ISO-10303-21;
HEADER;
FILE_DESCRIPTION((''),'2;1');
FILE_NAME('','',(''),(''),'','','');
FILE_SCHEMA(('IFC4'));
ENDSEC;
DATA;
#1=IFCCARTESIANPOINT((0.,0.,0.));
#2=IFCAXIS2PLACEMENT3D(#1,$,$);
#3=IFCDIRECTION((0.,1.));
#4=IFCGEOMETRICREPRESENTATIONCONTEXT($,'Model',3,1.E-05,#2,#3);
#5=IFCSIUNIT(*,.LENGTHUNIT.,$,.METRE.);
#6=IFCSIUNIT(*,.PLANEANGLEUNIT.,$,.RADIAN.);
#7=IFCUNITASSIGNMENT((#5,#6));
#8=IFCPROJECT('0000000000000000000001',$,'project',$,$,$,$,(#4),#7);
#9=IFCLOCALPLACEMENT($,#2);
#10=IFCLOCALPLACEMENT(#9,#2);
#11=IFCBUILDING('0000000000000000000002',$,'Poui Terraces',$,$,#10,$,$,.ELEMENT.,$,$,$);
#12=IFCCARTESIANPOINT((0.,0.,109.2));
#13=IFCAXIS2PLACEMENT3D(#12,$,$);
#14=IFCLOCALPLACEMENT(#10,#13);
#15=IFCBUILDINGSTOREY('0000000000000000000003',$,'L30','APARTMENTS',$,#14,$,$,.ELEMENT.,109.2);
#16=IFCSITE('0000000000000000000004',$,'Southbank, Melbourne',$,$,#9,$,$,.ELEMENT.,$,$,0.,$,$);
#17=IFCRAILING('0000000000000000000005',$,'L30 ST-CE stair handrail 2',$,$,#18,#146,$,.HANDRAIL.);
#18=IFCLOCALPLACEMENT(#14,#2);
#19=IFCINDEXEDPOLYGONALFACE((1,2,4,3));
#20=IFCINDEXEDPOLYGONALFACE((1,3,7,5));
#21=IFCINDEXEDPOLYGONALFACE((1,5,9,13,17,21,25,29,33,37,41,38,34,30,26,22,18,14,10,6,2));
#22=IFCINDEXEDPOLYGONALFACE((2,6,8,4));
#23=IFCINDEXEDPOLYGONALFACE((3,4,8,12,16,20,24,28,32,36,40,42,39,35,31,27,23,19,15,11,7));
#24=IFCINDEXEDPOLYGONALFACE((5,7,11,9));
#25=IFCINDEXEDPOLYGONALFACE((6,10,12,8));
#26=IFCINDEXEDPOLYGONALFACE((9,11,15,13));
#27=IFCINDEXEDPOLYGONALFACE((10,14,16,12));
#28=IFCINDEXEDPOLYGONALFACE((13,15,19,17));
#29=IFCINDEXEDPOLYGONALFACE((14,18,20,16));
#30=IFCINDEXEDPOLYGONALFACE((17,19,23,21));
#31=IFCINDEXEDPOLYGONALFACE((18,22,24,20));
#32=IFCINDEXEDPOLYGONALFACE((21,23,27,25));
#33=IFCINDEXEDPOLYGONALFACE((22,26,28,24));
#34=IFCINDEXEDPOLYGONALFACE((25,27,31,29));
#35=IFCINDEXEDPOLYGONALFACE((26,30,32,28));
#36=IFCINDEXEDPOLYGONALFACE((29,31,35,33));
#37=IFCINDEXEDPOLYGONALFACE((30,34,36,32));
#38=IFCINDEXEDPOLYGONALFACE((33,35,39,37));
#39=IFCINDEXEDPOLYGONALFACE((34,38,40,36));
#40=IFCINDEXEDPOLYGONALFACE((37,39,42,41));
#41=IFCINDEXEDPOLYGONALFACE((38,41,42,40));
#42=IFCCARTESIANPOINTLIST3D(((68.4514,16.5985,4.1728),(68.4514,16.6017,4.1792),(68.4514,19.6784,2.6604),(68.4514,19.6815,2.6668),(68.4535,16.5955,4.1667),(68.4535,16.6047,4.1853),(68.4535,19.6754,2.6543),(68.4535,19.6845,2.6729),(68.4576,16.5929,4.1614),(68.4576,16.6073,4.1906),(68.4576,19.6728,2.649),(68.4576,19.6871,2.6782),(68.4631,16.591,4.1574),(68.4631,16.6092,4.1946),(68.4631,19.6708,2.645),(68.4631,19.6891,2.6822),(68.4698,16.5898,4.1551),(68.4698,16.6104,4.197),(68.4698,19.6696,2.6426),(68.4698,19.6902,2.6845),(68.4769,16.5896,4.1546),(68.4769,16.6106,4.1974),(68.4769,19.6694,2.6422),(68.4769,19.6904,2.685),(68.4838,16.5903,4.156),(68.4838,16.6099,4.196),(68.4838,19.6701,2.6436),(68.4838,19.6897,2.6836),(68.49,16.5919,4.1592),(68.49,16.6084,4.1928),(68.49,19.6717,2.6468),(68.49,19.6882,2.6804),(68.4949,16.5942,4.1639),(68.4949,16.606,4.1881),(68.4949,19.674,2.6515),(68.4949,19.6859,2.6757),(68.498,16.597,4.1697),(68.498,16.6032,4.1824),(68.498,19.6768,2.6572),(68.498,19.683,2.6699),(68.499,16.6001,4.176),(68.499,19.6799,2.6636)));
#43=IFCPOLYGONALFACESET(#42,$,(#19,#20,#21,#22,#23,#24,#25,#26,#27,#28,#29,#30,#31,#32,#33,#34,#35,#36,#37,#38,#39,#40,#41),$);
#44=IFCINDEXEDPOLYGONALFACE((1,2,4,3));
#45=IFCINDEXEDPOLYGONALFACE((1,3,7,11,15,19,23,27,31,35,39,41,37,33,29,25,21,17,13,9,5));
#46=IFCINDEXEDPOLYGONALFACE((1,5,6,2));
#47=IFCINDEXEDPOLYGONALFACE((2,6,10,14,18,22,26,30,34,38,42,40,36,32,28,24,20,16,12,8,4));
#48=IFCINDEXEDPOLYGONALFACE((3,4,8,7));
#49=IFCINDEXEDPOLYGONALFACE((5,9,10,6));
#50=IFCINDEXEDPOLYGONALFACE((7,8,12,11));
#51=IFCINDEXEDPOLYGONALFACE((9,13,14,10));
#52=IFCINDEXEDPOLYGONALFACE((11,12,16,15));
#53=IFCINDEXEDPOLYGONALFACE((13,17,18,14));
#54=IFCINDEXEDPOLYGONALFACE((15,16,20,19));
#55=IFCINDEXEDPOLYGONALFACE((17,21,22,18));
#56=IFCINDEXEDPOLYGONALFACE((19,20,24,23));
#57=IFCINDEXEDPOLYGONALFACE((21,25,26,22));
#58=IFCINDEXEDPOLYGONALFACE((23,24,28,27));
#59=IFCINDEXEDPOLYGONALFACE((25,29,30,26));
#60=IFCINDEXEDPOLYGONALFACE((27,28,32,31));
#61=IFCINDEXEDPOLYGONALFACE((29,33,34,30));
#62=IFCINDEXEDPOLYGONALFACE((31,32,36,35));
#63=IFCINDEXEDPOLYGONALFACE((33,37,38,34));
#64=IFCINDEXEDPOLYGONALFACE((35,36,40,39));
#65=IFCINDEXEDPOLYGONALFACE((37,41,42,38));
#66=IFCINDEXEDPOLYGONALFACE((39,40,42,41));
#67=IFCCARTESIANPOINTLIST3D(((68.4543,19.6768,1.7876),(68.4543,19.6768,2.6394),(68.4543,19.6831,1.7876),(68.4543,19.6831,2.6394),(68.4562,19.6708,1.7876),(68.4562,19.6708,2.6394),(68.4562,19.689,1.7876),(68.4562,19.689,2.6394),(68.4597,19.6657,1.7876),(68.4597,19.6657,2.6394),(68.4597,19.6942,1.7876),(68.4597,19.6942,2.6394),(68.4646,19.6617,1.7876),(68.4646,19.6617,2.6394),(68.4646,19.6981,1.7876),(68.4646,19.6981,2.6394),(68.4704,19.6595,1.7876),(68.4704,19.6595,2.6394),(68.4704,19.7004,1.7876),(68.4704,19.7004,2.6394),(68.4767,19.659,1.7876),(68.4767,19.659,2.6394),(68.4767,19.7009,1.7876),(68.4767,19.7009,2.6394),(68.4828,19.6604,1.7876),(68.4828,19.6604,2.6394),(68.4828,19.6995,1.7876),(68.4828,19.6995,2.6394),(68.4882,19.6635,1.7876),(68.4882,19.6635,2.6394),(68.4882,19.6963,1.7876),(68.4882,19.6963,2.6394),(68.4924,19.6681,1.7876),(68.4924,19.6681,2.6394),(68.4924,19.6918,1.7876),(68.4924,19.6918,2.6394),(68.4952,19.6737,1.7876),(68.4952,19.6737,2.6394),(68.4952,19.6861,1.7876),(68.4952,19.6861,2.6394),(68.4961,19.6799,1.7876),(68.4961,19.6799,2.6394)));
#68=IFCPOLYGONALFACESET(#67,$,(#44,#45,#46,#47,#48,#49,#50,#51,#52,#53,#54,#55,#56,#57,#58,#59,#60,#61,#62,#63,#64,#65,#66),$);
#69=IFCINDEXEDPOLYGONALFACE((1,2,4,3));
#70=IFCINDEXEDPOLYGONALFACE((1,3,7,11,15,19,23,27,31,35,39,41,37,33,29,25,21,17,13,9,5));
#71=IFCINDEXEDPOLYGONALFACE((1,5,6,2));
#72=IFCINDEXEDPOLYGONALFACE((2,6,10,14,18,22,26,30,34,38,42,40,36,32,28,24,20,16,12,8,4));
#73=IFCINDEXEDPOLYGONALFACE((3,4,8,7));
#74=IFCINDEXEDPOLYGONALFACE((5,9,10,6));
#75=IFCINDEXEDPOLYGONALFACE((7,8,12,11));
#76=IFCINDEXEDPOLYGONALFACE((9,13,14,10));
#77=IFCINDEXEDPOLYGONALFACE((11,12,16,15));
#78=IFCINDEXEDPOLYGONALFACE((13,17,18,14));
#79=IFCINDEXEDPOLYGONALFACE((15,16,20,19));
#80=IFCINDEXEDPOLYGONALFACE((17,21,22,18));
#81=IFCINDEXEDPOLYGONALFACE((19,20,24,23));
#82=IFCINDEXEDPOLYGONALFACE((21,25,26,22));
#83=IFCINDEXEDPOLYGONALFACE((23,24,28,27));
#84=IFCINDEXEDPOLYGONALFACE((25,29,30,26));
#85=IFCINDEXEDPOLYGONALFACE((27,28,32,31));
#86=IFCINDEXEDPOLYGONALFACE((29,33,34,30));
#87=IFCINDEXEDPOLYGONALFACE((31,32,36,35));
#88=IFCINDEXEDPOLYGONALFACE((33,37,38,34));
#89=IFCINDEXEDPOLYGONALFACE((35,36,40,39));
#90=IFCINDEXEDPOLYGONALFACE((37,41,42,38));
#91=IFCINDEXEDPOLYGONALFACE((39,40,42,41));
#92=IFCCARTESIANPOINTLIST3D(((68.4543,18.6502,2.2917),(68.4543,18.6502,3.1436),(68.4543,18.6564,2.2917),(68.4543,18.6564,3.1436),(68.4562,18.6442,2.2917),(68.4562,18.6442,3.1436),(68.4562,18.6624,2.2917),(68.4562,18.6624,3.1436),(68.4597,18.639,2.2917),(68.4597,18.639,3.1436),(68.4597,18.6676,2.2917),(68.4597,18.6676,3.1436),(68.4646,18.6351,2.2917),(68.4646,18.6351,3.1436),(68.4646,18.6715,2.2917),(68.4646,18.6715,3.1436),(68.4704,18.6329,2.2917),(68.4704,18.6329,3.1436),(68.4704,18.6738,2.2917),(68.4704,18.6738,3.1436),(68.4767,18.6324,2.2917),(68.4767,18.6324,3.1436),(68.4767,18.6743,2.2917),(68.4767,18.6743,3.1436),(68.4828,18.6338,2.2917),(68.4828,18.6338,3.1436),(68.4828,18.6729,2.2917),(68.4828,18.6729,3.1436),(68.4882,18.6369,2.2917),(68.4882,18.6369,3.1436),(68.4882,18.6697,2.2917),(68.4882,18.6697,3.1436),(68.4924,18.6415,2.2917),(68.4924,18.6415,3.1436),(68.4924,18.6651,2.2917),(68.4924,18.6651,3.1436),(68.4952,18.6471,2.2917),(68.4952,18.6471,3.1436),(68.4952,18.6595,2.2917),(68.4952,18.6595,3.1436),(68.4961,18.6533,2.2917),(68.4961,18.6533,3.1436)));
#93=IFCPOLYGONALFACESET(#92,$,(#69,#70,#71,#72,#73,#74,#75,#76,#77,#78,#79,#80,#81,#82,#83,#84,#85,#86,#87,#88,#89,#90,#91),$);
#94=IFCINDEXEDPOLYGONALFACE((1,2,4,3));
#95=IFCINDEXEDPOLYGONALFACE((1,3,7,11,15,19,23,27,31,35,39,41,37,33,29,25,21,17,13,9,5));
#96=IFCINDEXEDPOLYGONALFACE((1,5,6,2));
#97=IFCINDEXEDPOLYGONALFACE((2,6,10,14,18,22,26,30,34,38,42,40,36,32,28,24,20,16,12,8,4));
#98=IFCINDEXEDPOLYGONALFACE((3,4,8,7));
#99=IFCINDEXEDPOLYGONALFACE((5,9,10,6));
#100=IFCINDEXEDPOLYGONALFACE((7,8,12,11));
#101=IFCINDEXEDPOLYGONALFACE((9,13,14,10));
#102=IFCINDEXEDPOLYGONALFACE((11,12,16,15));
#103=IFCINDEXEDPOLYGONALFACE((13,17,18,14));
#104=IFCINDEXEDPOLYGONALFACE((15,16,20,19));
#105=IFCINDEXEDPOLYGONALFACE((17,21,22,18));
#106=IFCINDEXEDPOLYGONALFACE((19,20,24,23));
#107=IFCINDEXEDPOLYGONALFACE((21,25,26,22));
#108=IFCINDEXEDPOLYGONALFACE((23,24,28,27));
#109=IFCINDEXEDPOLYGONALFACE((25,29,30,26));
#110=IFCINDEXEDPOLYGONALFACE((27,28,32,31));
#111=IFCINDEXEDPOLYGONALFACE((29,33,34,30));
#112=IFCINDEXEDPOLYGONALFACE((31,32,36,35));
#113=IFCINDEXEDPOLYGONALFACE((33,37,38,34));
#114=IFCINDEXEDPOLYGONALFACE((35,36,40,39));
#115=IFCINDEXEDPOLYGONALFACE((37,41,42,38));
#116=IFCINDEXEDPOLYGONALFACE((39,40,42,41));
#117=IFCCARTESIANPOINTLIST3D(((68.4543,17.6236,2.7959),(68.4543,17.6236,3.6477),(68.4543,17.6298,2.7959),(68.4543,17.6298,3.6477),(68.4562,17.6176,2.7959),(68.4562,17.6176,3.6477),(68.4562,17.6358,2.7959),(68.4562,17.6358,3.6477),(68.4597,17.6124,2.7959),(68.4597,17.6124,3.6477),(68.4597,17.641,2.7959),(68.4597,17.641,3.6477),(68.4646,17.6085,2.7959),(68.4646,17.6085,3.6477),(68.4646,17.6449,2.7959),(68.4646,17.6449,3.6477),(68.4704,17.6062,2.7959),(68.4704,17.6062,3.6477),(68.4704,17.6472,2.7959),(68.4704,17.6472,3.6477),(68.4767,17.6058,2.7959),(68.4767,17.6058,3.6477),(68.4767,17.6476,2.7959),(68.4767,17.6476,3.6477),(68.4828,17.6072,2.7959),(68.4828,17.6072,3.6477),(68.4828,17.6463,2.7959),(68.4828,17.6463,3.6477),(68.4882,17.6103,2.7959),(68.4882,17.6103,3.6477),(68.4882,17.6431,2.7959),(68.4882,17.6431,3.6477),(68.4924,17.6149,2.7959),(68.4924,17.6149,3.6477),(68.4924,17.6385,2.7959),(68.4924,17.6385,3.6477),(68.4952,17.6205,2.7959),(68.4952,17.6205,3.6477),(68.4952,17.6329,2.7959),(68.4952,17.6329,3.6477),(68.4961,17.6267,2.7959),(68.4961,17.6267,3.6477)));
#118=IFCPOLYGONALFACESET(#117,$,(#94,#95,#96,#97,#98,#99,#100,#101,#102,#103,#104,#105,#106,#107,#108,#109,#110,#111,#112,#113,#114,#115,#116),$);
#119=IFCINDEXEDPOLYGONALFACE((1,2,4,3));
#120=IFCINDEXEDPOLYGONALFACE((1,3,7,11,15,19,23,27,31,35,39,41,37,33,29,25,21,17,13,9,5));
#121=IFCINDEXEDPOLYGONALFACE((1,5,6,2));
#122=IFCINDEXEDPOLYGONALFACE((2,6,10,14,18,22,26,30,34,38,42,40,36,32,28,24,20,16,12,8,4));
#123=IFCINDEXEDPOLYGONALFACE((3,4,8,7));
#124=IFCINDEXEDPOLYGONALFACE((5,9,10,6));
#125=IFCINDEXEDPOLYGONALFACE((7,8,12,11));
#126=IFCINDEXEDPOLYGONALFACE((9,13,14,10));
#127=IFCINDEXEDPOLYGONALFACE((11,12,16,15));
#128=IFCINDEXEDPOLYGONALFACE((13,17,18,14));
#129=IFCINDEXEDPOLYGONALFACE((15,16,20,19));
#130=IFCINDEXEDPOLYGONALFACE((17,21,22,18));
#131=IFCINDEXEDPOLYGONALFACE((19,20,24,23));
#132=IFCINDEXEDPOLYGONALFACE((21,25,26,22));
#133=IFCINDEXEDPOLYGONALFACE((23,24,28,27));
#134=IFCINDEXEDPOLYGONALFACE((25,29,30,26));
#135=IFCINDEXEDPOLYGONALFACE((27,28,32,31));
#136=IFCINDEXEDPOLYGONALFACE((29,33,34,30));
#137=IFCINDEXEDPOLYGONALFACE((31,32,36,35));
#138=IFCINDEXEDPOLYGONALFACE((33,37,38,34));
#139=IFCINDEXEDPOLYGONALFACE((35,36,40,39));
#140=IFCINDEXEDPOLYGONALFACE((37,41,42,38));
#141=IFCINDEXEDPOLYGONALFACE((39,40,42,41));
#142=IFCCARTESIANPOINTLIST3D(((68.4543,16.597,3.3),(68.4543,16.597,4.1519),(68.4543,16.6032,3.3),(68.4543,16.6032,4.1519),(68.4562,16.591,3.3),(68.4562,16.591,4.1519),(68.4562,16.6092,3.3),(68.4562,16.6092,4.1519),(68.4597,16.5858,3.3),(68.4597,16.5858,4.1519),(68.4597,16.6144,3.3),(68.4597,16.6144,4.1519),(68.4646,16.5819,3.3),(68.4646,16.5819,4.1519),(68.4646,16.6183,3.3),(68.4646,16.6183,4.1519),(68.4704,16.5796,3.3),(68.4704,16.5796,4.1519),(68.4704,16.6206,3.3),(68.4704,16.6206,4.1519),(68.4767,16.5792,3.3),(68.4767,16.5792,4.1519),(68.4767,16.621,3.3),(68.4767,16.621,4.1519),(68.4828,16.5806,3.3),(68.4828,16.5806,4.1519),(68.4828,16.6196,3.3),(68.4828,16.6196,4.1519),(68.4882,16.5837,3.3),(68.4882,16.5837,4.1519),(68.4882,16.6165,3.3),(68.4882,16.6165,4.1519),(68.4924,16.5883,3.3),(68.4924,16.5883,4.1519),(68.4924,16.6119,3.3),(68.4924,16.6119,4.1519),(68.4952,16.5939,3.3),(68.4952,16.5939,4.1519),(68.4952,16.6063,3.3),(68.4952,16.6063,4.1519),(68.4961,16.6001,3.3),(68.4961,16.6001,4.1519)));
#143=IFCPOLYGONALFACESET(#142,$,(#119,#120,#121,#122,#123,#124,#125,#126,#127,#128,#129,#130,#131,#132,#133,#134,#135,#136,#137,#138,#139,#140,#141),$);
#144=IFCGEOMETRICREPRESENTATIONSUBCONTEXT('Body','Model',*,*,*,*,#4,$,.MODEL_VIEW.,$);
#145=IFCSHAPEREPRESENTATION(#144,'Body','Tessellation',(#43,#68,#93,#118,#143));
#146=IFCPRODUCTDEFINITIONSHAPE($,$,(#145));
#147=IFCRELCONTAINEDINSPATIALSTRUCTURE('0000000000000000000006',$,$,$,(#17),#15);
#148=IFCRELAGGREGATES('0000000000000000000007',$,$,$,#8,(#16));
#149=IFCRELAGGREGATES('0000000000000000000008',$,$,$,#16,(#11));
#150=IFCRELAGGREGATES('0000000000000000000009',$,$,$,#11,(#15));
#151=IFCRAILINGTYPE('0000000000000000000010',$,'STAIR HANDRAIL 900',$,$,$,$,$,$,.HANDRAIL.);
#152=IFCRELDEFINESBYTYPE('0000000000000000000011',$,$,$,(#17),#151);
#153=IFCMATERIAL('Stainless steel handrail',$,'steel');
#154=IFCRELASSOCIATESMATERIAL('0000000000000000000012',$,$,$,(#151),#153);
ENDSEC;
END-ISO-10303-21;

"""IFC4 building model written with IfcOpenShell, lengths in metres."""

from ifc_helpers import new_model, si_unit, direction, frame, origin, origin_2d, place, context, subcontext, project, spatial, circle, extrude, material, type_object, element, save


model = new_model("IFC4")

# Units and contexts
model_context = context("Model", 3, precision=1e-05, world=origin(), true_north=direction((0.0, 1.0)))
body_context = subcontext(model_context, "Body", "Model", "MODEL_VIEW")
ifc_project = project(units=[si_unit("LENGTHUNIT", "METRE"), si_unit("PLANEANGLEUNIT", "RADIAN")], contexts=[model_context])

# Site, building, storey
site_placement = place(None, origin())
site = spatial("IfcSite", under=ifc_project, at=site_placement, Name="Southbank, Melbourne", CompositionType="ELEMENT", RefElevation=0.0)
building_placement = place(site_placement, origin())
building = spatial("IfcBuilding", under=site, at=building_placement, Name="Poui Terraces", CompositionType="ELEMENT")
storey_placement = place(building_placement, frame((0.0, 0.0, 109.2)))
storey = spatial("IfcBuildingStorey", under=building, at=storey_placement, Name="L30", Description="APARTMENTS", CompositionType="ELEMENT", Elevation=109.2)

# Railing
ifc_material_1 = material(Name="Stainless steel handrail", Category="steel")
railing_type_1 = type_object("IfcRailingType", Name="STAIR HANDRAIL 900", PredefinedType="HANDRAIL", material=ifc_material_1)
railing_1_placement = place(storey_placement, frame((68.4751, 19.6799, 1.7876)))
element("IfcRailing", 1, at=railing_1_placement, inside=storey, type_object=railing_type_1, Name="L30 ST-CE stair handrail 2", PredefinedType="HANDRAIL", context=body_context, shape_type="SweptSolid", body=[
    extrude(circle(Radius=0.0239, at=origin_2d()), frame((0.0, 0.0, 0.876), z_axis=(0.0, -0.897606, 0.440798), x_axis=(1.0, 0.0, 0.0)), (0.0, 0.0, 1.0), 3.4312),
    extrude(circle(Radius=0.021, at=origin_2d()), origin(), (0.0, 0.0, 1.0), 0.8518),
    extrude(circle(Radius=0.021, at=origin_2d()), frame((0.0, -1.0266, 0.5042)), (0.0, 0.0, 1.0), 0.8518),
    extrude(circle(Radius=0.021, at=origin_2d()), frame((0.0, -2.0532, 1.0083)), (0.0, 0.0, 1.0), 0.8518),
    extrude(circle(Radius=0.021, at=origin_2d()), frame((0.0, -3.0798, 1.5125)), (0.0, 0.0, 1.0), 0.8518),
])

save(model, "model.ifc")
